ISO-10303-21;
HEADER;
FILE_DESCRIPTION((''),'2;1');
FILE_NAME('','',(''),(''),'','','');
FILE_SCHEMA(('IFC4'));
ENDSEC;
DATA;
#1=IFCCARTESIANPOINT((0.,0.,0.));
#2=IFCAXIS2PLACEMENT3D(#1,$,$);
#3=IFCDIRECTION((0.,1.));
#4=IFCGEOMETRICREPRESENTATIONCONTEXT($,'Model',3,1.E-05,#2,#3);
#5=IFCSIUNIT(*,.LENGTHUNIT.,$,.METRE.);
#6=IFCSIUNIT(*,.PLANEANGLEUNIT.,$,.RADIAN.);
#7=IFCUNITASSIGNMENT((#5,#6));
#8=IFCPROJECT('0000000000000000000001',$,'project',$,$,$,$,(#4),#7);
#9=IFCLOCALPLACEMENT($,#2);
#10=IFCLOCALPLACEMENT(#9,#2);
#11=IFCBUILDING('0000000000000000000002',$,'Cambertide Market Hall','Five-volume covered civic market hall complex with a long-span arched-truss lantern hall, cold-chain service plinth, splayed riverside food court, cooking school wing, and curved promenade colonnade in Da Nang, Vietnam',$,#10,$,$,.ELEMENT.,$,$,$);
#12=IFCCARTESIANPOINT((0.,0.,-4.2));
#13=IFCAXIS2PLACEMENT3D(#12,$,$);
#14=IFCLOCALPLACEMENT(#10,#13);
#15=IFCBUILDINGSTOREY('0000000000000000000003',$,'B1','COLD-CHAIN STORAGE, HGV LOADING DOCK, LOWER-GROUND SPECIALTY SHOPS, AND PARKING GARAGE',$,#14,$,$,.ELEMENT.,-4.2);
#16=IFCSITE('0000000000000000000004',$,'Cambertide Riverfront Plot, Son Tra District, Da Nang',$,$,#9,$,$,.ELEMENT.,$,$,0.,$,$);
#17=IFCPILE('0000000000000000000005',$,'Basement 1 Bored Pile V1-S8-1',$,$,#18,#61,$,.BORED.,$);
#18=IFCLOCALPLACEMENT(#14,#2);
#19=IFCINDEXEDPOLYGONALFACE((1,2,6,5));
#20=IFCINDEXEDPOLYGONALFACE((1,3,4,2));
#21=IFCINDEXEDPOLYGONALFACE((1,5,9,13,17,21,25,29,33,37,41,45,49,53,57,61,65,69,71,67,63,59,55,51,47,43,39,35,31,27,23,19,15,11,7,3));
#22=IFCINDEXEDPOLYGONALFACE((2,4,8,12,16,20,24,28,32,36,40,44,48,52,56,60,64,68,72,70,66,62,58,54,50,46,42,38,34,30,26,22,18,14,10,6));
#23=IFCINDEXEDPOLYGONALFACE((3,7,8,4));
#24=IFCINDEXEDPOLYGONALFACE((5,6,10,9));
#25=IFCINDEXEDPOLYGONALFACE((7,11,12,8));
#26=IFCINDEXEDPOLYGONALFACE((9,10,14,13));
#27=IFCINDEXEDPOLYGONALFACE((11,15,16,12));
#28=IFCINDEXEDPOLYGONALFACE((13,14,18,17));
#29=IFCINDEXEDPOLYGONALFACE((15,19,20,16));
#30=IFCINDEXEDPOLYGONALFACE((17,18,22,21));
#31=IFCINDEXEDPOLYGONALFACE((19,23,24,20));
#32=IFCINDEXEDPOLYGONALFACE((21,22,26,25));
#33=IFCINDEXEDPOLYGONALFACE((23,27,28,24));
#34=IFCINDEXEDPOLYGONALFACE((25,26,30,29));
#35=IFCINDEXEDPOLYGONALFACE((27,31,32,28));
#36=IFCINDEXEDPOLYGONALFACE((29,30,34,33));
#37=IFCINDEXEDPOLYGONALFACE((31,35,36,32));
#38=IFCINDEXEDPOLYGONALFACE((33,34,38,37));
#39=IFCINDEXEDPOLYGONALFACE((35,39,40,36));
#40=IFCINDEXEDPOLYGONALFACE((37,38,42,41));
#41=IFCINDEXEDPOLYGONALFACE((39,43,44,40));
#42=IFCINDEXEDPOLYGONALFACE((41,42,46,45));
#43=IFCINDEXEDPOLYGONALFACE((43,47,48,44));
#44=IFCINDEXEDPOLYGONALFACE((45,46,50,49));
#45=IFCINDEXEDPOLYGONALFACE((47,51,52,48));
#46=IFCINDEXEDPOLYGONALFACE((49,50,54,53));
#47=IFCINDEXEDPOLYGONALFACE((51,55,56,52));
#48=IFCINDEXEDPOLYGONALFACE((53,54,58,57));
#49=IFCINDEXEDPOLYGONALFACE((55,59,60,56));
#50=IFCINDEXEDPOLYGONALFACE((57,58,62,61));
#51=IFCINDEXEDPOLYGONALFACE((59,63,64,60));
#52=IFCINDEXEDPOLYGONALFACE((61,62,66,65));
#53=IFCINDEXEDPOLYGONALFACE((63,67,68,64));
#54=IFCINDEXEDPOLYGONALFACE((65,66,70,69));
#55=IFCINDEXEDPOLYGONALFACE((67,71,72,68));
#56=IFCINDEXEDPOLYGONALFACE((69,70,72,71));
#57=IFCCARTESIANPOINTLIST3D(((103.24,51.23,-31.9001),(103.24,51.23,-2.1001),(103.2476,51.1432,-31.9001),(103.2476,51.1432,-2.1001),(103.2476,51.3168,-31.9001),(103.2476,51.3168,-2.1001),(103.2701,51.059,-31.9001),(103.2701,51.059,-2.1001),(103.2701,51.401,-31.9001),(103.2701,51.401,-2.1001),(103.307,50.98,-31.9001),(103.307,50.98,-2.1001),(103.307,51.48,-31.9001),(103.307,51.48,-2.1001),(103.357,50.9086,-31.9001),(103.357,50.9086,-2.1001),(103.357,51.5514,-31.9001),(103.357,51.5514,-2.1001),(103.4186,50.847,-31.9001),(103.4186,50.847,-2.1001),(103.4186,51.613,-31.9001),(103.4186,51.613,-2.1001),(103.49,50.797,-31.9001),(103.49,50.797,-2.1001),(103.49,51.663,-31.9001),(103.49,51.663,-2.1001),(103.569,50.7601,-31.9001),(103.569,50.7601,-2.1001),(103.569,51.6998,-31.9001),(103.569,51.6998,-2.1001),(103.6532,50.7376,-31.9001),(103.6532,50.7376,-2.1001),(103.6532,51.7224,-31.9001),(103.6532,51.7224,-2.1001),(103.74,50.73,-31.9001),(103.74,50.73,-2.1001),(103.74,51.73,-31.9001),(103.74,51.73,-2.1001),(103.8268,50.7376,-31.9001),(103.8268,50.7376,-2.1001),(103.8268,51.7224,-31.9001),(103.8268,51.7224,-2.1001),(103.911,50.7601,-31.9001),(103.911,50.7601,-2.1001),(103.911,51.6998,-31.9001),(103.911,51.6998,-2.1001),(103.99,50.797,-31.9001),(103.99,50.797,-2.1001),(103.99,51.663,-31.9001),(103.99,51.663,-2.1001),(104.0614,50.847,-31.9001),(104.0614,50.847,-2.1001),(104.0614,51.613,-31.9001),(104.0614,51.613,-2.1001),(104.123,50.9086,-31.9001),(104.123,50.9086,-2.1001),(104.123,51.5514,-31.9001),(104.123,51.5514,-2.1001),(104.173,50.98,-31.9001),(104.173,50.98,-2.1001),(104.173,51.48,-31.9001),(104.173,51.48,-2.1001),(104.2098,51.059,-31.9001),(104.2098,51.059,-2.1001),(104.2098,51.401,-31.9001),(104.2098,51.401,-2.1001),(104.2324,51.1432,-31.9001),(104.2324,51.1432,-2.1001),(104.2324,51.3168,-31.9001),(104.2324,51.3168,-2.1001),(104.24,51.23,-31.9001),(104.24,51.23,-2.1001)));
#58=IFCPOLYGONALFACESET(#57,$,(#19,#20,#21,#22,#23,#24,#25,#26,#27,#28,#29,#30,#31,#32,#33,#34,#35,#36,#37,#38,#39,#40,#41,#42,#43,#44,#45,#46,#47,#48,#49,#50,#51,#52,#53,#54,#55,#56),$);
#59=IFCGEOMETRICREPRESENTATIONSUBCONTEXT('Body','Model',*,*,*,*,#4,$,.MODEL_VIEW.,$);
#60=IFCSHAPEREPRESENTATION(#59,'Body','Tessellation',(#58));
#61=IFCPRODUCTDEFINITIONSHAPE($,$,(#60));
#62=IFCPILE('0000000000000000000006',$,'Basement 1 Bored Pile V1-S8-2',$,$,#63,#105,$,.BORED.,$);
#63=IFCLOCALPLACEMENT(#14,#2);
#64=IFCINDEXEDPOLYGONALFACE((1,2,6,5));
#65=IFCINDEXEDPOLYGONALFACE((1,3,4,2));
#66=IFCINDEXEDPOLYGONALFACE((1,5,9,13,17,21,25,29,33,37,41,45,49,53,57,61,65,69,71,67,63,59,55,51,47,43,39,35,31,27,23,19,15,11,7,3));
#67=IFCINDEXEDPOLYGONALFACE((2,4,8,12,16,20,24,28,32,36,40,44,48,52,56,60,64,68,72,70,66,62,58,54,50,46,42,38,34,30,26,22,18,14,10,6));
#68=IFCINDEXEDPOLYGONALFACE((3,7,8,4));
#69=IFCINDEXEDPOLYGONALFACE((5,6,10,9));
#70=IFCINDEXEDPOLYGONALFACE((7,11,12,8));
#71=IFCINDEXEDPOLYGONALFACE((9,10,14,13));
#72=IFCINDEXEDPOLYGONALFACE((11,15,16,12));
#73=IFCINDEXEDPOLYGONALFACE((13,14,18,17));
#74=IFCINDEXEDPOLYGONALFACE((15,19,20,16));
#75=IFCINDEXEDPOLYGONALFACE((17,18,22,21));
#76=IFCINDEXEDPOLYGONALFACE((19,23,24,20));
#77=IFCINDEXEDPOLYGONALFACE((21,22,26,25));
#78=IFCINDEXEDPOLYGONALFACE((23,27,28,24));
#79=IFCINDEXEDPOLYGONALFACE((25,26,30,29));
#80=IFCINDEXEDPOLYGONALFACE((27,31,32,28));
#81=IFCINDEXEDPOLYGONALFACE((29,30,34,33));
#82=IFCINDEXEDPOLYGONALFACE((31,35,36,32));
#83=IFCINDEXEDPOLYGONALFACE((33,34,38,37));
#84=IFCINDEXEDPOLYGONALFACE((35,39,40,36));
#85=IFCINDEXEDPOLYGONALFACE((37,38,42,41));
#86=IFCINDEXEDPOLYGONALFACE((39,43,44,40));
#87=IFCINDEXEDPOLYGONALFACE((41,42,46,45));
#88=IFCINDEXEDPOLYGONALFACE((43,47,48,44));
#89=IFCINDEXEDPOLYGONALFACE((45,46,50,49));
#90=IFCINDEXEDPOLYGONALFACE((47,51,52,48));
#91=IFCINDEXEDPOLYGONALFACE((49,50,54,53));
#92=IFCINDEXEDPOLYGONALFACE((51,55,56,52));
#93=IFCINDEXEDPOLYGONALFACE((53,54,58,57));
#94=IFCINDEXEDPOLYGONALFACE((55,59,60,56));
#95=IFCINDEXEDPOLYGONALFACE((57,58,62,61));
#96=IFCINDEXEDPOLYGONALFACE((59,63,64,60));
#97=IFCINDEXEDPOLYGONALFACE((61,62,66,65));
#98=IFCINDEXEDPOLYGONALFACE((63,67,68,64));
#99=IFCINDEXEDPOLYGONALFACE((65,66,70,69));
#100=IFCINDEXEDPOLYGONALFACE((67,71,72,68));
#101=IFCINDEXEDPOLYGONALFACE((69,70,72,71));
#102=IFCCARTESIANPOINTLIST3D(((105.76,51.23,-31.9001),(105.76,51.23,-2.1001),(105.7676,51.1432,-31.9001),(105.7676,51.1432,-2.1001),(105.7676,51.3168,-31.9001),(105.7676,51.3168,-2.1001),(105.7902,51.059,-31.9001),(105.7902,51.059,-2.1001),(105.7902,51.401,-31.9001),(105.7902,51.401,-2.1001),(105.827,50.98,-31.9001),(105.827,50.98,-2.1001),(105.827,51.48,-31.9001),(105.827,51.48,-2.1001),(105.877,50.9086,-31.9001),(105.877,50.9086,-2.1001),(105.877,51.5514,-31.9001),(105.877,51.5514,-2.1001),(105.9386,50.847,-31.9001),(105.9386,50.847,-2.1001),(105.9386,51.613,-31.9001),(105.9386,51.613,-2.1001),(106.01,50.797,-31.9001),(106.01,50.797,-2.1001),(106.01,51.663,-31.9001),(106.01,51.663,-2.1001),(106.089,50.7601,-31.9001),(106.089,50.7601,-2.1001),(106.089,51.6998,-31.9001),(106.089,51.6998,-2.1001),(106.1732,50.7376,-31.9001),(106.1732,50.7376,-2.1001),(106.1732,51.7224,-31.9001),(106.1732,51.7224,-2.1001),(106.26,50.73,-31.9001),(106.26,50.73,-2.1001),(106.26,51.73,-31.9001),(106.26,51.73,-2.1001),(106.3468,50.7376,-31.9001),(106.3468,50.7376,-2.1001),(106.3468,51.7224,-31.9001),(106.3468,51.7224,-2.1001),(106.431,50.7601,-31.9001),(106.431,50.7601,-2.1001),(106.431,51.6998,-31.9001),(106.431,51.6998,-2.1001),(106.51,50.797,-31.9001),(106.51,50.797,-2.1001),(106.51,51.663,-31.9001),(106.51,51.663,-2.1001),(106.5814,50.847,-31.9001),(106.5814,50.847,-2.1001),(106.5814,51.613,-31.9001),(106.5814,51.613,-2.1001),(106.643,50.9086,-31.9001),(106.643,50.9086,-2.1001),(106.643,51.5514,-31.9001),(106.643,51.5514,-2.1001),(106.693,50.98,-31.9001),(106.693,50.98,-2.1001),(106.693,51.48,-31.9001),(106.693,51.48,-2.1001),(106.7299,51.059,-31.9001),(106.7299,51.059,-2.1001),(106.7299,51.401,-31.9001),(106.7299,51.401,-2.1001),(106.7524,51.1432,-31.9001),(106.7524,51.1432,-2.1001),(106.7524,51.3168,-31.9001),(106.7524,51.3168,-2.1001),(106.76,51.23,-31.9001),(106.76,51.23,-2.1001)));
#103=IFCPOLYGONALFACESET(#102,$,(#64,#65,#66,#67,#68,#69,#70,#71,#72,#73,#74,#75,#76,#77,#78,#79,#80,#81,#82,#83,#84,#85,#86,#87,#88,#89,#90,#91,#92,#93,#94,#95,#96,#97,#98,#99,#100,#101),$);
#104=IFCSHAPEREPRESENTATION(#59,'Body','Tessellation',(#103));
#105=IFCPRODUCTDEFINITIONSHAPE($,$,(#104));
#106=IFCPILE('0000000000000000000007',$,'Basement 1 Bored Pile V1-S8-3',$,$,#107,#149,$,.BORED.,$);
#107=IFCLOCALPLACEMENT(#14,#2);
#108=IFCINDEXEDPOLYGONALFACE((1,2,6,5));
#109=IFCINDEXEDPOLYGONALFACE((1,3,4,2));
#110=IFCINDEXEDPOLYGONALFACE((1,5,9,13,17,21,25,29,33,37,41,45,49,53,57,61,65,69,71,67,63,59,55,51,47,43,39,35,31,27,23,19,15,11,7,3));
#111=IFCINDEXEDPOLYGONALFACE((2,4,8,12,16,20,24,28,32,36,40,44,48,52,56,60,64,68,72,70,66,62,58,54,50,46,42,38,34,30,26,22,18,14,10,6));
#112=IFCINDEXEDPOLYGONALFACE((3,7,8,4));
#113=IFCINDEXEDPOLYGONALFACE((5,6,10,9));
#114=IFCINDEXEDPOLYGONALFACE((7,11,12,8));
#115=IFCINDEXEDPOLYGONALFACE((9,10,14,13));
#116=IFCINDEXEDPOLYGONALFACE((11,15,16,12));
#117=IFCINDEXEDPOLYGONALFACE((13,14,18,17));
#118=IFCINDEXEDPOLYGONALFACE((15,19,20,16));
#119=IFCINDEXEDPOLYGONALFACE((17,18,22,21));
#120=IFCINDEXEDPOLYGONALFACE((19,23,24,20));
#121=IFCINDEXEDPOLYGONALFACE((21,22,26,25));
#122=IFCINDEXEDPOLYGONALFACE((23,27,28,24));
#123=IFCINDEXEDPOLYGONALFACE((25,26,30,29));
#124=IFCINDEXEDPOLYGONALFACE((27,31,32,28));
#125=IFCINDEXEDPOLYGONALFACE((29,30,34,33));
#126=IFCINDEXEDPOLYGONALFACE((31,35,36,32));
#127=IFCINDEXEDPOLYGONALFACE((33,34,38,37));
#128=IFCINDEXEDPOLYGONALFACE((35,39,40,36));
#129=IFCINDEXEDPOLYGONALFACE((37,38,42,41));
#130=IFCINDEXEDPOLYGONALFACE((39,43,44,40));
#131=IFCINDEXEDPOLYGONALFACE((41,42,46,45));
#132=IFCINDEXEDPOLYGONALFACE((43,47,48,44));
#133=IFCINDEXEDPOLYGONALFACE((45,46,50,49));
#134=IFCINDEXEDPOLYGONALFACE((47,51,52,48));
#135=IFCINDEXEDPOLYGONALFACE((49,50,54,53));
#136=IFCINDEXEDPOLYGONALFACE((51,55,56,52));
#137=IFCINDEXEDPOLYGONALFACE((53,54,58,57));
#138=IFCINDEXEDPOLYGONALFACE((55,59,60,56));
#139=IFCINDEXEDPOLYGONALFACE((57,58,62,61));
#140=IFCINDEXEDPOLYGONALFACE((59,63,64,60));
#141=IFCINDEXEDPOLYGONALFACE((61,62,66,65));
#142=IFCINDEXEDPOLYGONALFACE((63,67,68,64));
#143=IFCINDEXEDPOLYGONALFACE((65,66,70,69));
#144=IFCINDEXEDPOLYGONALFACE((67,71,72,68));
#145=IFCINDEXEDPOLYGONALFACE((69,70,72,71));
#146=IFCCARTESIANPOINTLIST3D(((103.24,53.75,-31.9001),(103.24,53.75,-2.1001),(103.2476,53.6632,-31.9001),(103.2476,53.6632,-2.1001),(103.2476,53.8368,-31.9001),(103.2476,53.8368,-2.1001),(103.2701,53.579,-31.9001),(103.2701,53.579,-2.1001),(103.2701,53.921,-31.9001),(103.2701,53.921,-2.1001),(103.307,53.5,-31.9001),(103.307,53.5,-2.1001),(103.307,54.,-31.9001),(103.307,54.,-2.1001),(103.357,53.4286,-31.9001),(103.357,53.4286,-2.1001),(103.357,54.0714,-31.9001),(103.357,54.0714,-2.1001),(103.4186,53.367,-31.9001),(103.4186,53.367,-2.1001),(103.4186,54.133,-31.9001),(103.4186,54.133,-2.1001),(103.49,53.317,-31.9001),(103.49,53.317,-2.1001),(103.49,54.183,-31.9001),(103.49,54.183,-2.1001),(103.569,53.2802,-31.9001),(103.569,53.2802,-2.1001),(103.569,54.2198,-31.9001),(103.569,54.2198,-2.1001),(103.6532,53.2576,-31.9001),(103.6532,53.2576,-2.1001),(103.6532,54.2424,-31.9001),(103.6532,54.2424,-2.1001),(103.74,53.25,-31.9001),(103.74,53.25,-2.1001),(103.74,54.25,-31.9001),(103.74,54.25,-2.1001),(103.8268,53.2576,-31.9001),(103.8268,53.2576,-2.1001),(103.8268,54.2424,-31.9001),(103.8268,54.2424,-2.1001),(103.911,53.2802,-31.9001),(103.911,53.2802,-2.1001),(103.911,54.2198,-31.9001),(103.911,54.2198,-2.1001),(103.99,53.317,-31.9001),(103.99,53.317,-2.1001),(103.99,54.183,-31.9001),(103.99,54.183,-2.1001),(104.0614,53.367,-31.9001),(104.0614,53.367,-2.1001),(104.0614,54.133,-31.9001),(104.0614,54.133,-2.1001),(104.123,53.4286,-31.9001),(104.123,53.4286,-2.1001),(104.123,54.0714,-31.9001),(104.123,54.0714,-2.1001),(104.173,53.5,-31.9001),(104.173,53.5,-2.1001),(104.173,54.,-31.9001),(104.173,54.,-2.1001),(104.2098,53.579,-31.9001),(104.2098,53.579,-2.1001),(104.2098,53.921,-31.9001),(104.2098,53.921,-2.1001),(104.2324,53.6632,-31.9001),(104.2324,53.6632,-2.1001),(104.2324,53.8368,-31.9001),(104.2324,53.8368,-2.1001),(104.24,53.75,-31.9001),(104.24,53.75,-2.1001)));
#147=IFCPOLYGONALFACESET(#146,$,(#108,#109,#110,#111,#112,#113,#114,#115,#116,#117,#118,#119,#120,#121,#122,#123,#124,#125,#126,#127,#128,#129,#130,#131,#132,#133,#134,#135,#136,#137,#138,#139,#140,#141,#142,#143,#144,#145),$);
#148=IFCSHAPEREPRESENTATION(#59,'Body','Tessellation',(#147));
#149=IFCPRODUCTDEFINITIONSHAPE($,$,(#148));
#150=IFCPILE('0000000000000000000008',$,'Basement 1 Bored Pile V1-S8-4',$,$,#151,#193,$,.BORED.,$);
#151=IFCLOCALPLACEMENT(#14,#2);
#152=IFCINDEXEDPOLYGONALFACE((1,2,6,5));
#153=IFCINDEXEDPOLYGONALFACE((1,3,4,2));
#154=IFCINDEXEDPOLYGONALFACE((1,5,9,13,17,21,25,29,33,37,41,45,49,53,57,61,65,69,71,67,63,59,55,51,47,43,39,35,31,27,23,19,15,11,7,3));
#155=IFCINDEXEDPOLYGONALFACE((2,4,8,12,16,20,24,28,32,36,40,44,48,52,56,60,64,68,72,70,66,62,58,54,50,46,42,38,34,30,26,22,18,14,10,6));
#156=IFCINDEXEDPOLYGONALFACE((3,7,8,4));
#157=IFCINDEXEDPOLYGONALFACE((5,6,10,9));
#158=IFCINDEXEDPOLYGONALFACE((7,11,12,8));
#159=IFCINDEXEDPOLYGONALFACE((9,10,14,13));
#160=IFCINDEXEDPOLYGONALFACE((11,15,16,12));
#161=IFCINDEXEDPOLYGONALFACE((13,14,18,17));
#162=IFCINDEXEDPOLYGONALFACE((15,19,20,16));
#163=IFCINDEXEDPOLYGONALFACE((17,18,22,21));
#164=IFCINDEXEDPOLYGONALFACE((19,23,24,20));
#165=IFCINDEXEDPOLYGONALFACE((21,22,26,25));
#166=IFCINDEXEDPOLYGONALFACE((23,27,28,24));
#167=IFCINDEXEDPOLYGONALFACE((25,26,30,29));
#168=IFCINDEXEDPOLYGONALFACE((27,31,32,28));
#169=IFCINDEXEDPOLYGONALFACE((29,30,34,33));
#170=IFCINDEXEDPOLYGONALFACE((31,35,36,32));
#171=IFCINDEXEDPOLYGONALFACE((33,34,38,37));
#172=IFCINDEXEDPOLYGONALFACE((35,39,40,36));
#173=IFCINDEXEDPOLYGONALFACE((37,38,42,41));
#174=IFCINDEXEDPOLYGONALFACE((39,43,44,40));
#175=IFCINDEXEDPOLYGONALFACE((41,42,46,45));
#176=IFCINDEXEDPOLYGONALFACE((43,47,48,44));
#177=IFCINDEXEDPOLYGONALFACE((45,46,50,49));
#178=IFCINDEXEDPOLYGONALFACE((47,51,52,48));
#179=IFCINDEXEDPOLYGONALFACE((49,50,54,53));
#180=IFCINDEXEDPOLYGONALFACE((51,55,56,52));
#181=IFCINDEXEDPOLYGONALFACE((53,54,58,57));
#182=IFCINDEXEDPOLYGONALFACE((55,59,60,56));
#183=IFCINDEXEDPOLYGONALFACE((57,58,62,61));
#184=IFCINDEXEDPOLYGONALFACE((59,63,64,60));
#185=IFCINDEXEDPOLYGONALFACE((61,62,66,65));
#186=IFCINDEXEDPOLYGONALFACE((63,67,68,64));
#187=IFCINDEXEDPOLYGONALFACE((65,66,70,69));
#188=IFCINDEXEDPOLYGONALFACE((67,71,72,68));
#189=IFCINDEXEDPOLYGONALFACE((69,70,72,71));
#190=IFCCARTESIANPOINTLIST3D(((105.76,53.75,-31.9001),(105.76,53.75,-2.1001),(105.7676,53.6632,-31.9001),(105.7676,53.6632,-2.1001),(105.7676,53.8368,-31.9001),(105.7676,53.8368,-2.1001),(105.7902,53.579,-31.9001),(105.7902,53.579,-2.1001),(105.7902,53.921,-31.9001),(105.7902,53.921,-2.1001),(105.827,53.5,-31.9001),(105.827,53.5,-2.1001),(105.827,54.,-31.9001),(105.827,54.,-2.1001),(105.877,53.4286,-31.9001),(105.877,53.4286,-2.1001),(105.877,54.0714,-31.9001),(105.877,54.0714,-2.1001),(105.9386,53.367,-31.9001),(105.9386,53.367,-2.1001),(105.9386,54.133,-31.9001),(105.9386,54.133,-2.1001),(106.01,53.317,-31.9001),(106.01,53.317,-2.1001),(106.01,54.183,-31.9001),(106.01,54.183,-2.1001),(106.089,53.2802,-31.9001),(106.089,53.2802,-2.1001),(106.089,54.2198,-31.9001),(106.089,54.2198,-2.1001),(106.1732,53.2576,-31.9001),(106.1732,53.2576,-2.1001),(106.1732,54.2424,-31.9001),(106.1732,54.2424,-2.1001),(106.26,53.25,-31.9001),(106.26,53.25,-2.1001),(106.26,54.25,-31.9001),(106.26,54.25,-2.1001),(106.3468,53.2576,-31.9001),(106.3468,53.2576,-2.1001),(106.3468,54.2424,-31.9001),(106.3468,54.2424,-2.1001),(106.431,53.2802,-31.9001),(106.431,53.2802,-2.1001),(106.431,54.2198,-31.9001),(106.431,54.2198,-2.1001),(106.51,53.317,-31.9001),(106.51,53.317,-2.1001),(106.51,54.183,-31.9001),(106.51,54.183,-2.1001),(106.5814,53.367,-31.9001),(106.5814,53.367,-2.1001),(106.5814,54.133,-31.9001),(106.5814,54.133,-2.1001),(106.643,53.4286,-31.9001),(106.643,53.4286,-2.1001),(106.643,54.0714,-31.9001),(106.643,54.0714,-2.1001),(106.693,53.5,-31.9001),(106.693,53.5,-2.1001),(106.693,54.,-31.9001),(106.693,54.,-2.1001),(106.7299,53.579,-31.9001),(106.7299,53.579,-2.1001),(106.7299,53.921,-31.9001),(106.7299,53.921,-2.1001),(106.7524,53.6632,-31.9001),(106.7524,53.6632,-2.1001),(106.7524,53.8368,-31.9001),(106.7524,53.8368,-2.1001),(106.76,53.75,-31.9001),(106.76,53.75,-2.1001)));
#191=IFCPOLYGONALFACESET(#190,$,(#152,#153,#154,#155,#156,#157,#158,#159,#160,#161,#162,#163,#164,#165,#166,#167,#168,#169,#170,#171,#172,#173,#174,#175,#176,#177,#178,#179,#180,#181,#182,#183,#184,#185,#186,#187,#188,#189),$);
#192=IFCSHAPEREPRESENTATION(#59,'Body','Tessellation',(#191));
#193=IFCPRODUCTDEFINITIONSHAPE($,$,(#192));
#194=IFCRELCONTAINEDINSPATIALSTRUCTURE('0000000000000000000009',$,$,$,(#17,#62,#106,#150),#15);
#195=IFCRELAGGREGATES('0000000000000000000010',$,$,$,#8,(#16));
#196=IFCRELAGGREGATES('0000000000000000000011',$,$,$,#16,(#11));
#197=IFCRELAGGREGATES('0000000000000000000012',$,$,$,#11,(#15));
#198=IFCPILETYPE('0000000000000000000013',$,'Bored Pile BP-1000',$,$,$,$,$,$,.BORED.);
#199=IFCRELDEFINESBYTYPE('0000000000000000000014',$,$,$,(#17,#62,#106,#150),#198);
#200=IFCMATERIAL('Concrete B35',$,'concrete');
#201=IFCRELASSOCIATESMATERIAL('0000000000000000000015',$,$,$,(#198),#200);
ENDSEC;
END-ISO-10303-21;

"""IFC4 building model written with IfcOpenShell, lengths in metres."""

from ifc_helpers import new_model, si_unit, direction, frame, origin, origin_2d, place, context, subcontext, project, spatial, circle, extrude, material, material_profile, profile_set, type_object, element, save


model = new_model("IFC4")

# Units and contexts
model_context = context("Model", 3, precision=1e-05, world=origin(), true_north=direction((0.0, 1.0)))
body_context = subcontext(model_context, "Body", "Model", "MODEL_VIEW")
ifc_project = project(units=[si_unit("LENGTHUNIT", "METRE"), si_unit("PLANEANGLEUNIT", "RADIAN")], contexts=[model_context])

# Site, building, storey
site_placement = place(None, origin())
site = spatial("IfcSite", under=ifc_project, at=site_placement, Name="Cambertide Riverfront Plot, Son Tra District, Da Nang", CompositionType="ELEMENT", RefElevation=0.0)
building_placement = place(site_placement, origin())
building = spatial("IfcBuilding", under=site, at=building_placement, Name="Cambertide Market Hall", Description="Five-volume covered civic market hall complex with a long-span arched-truss lantern hall, cold-chain service plinth, splayed riverside food court, cooking school wing, and curved promenade colonnade in Da Nang, Vietnam", CompositionType="ELEMENT")
storey_placement = place(building_placement, frame((0.0, 0.0, -4.2)))
storey = spatial("IfcBuildingStorey", under=building, at=storey_placement, Name="B1", Description="COLD-CHAIN STORAGE, HGV LOADING DOCK, LOWER-GROUND SPECIALTY SHOPS, AND PARKING GARAGE", CompositionType="ELEMENT", Elevation=-4.2)

# Piles
ifc_material_1 = material(Name="Concrete B35", Category="concrete")
ifc_material_profile_1 = material_profile(ifc_material_1, circle(Radius=0.5, at=origin_2d()), Name="BP D1000")
ifc_profile_set_1 = profile_set([ifc_material_profile_1], Name="Concrete B35")
pile_type_1 = type_object("IfcPileType", Name="Bored Pile BP-1000", PredefinedType="BORED", material=ifc_profile_set_1)
for number, where, z_axis, x_axis, name in (
    (1, (103.74, 51.23, -2.1001), (0.0, 0.0, -1.0), (1.0, 0.0, 0.0), "Basement 1 Bored Pile V1-S8-1"),
    (2, (106.26, 51.23, -2.1001), (0.0, 0.0, -1.0), (1.0, 0.0, 0.0), "Basement 1 Bored Pile V1-S8-2"),
    (3, (103.74, 53.75, -2.1001), (0.0, 0.0, -1.0), (1.0, 0.0, 0.0), "Basement 1 Bored Pile V1-S8-3"),
    (4, (106.26, 53.75, -2.1001), (0.0, 0.0, -1.0), (1.0, 0.0, 0.0), "Basement 1 Bored Pile V1-S8-4"),
):
    element("IfcPile", number, at=place(storey_placement, frame(where, z_axis=z_axis, x_axis=x_axis)), inside=storey, type_object=pile_type_1, Name=name, PredefinedType="BORED", context=body_context, shape_type="SweptSolid", body=[
        extrude(circle(Radius=0.5, at=origin_2d()), origin(), (0.0, 0.0, 1.0), 29.8),
    ])

save(model, "model.ifc")
